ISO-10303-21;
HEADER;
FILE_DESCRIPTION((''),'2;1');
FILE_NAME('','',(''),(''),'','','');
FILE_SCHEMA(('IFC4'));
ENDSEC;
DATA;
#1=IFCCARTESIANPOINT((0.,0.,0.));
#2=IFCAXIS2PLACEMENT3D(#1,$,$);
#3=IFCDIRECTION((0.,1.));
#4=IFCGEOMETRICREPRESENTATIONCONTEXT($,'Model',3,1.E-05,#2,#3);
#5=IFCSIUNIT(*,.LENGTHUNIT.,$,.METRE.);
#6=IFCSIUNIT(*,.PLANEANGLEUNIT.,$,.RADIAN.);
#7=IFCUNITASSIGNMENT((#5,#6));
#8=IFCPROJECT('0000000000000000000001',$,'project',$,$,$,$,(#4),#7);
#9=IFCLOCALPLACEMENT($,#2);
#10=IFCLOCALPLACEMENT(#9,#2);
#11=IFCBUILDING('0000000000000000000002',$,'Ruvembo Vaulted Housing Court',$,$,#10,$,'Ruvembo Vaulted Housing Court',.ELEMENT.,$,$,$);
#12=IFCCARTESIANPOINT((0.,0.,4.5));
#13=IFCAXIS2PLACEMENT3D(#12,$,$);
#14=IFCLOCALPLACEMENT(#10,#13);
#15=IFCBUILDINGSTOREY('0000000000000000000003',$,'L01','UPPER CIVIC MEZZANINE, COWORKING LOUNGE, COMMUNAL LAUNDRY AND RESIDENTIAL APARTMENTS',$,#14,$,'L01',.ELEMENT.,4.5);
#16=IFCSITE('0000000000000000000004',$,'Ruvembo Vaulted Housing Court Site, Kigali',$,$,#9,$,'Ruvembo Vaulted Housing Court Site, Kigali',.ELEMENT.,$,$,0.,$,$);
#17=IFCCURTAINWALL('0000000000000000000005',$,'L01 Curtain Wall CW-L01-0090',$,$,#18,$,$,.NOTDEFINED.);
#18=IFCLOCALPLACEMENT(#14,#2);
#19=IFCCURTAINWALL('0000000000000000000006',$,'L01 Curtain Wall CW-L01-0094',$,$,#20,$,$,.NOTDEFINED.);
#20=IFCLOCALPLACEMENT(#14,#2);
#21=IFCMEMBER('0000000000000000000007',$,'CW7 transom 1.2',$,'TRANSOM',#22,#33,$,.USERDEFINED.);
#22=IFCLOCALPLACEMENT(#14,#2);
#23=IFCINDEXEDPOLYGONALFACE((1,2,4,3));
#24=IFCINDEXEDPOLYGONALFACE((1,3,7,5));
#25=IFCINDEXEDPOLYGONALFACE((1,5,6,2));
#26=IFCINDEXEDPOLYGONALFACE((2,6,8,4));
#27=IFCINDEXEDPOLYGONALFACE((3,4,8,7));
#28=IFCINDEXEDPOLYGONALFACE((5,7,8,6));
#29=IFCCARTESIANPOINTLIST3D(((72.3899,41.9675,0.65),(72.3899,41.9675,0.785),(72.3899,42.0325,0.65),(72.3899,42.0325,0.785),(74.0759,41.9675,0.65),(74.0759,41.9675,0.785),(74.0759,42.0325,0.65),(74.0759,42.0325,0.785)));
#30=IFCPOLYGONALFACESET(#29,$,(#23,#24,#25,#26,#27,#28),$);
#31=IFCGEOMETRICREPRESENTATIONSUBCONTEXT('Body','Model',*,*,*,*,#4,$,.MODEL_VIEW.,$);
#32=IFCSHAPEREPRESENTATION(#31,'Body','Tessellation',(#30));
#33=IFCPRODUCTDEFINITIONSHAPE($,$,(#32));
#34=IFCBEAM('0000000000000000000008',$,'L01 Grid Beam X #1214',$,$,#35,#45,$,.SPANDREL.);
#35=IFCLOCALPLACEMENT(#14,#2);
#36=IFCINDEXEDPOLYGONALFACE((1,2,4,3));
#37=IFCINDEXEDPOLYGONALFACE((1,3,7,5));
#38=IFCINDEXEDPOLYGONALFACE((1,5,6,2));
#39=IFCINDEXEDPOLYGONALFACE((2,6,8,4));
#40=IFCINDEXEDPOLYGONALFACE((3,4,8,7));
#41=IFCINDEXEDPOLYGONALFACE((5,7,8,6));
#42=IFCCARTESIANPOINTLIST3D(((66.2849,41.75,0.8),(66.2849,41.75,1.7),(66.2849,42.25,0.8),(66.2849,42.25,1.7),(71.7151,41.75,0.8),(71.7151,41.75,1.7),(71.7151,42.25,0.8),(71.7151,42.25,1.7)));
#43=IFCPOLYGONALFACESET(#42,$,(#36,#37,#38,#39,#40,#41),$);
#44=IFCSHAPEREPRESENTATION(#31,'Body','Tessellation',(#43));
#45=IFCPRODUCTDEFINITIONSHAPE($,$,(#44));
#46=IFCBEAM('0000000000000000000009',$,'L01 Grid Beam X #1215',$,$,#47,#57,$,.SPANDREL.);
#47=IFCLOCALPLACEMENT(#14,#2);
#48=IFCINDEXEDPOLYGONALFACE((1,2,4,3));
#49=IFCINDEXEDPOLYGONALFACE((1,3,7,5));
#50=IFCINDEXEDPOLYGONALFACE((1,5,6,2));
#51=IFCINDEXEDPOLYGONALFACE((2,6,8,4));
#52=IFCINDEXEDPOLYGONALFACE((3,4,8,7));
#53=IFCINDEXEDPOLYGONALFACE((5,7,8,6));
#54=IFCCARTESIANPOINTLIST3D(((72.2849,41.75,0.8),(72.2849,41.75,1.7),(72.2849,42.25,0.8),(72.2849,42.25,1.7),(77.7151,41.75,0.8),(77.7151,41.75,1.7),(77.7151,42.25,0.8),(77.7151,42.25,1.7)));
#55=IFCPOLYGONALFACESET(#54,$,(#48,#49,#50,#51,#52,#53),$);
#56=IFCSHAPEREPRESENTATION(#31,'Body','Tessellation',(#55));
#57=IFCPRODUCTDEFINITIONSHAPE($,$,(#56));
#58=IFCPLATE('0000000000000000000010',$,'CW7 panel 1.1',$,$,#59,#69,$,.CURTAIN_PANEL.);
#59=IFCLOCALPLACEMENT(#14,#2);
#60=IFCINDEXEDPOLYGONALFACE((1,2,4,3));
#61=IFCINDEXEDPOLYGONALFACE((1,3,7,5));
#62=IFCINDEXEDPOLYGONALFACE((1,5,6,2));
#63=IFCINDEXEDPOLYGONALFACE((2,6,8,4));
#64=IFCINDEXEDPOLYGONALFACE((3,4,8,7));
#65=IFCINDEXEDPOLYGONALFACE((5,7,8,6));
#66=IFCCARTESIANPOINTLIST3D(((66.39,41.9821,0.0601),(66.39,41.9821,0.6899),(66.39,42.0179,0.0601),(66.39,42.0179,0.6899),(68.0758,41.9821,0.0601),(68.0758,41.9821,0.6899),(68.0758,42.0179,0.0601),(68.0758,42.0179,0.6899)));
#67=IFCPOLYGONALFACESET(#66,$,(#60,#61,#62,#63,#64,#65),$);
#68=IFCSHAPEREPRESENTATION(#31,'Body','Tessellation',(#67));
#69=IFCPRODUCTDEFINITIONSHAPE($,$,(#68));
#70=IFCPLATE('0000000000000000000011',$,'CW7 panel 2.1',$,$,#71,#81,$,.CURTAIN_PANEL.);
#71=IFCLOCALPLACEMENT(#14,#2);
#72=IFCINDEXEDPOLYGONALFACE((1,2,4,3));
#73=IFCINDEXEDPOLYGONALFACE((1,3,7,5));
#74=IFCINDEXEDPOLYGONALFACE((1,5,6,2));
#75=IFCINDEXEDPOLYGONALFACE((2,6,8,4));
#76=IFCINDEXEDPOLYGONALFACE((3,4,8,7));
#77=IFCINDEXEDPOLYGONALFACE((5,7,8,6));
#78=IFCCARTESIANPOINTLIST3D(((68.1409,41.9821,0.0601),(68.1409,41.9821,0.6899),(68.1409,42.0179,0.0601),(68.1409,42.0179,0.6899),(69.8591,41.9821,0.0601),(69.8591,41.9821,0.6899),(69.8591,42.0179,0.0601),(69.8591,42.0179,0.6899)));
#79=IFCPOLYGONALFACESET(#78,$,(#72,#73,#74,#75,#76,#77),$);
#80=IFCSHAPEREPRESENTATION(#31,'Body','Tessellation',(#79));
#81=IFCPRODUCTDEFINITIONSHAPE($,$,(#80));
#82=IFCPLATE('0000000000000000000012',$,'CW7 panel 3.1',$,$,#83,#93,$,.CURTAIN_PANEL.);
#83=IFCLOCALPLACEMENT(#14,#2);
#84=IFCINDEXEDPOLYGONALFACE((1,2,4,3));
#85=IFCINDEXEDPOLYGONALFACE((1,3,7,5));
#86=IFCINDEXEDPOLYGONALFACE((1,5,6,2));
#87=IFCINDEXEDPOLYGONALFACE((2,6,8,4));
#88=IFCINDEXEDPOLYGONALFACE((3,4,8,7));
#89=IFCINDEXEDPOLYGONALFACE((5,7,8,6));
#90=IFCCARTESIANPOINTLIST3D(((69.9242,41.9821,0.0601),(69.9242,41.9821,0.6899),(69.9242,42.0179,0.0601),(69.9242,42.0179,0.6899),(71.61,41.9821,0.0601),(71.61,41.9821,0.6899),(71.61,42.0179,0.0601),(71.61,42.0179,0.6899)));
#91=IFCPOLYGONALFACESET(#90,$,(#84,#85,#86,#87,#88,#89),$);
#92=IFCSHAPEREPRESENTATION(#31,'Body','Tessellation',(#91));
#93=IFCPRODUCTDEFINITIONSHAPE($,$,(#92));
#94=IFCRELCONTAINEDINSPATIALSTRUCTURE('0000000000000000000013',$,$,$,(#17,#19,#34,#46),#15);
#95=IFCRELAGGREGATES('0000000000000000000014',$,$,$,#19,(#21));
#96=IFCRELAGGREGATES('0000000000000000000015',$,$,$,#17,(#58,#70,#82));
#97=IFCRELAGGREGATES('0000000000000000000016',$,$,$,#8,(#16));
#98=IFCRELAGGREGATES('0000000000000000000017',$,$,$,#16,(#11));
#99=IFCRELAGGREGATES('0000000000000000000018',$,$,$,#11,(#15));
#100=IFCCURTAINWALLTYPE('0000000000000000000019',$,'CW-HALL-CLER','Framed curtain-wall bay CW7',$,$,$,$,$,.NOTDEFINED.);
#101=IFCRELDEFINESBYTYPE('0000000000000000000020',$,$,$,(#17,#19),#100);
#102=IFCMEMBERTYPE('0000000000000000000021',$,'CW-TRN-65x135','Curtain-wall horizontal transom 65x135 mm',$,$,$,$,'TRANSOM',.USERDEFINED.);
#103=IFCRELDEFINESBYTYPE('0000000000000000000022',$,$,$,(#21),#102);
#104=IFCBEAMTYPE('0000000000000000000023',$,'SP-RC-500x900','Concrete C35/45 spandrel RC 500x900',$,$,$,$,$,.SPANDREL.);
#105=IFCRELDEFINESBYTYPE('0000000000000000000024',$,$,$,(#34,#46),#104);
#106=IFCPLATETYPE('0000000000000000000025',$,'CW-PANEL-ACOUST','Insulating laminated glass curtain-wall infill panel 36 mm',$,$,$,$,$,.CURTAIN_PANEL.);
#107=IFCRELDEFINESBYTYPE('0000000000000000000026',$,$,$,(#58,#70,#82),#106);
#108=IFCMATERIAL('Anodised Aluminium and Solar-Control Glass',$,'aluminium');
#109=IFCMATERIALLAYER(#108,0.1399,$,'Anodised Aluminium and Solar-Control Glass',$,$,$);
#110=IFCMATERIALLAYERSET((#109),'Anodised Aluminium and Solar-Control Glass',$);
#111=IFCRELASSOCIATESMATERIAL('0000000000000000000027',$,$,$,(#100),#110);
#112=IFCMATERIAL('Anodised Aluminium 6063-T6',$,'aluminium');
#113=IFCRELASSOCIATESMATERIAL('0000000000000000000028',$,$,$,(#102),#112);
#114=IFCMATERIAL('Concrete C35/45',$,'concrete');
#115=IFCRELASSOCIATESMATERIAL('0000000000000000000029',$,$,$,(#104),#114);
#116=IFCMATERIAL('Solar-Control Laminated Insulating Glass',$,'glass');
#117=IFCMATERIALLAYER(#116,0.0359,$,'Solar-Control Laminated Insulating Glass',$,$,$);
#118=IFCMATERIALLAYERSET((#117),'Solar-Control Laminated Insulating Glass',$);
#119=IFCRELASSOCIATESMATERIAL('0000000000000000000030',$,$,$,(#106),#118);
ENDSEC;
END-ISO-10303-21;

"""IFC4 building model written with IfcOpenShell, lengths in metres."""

from ifc_helpers import new_model, si_unit, direction, frame, origin, origin_2d, place, context, subcontext, project, spatial, rectangle, extrude, material, layer, layer_set, material_profile, profile_set, type_object, element, aggregate, save


model = new_model("IFC4")

# Units and contexts
model_context = context("Model", 3, precision=1e-05, world=origin(), true_north=direction((0.0, 1.0)))
body_context = subcontext(model_context, "Body", "Model", "MODEL_VIEW")
ifc_project = project(units=[si_unit("LENGTHUNIT", "METRE"), si_unit("PLANEANGLEUNIT", "RADIAN")], contexts=[model_context])

# Site, building, storey
site_placement = place(None, origin())
site = spatial("IfcSite", under=ifc_project, at=site_placement, Name="Ruvembo Vaulted Housing Court Site, Kigali", LongName="Ruvembo Vaulted Housing Court Site, Kigali", CompositionType="ELEMENT", RefElevation=0.0)
building_placement = place(site_placement, origin())
building = spatial("IfcBuilding", under=site, at=building_placement, Name="Ruvembo Vaulted Housing Court", LongName="Ruvembo Vaulted Housing Court", CompositionType="ELEMENT")
storey_placement = place(building_placement, frame((0.0, 0.0, 4.5)))
storey = spatial("IfcBuildingStorey", under=building, at=storey_placement, Name="L01", Description="UPPER CIVIC MEZZANINE, COWORKING LOUNGE, COMMUNAL LAUNDRY AND RESIDENTIAL APARTMENTS", LongName="L01", CompositionType="ELEMENT", Elevation=4.5)

# Curtain wall
ifc_material_1 = material(Name="Anodised Aluminium and Solar-Control Glass", Category="aluminium")
ifc_layer_1 = layer(ifc_material_1, 0.1399, Name="Anodised Aluminium and Solar-Control Glass")
ifc_layer_set_1 = layer_set([ifc_layer_1], Name="Anodised Aluminium and Solar-Control Glass")
curtain_wall_type = type_object("IfcCurtainWallType", Name="CW-HALL-CLER", Description="Framed curtain-wall bay CW7", PredefinedType="NOTDEFINED", material=ifc_layer_set_1)
curtain_wall_1_placement = place(storey_placement, origin())
curtain_wall_1 = element("IfcCurtainWall", 1, at=curtain_wall_1_placement, inside=storey, type_object=curtain_wall_type, Name="L01 Curtain Wall CW-L01-0090", PredefinedType="NOTDEFINED")
ifc_material_2 = material(Name="Anodised Aluminium 6063-T6", Category="aluminium")

# Curtain wall
curtain_wall_2_placement = place(storey_placement, origin())
curtain_wall_2 = element("IfcCurtainWall", 2, at=curtain_wall_2_placement, inside=storey, type_object=curtain_wall_type, Name="L01 Curtain Wall CW-L01-0094", PredefinedType="NOTDEFINED")

# Member
ifc_material_profile_1 = material_profile(ifc_material_2, rectangle(XDim=0.0649, YDim=0.135, at=origin_2d()), Name="ALU 65x135")
ifc_profile_set_1 = profile_set([ifc_material_profile_1], Name="Anodised Aluminium 6063-T6")
member_type_1 = type_object("IfcMemberType", Name="CW-TRN-65x135", Description="Curtain-wall horizontal transom 65x135 mm", ElementType="TRANSOM", PredefinedType="USERDEFINED", material=ifc_profile_set_1)
member_1_placement = place(storey_placement, frame((72.3899, 42.0, 0.7175), z_axis=(1.0, 0.0, 0.0), x_axis=(0.0, 1.0, 0.0)))
member_1 = element("IfcMember", 3, at=member_1_placement, type_object=member_type_1, Name="CW7 transom 1.2", ObjectType="TRANSOM", PredefinedType="USERDEFINED", context=body_context, shape_type="SweptSolid", body=[
    extrude(rectangle(XDim=0.0649, YDim=0.135, at=origin_2d()), origin(), (0.0, 0.0, 1.0), 1.686),
])
aggregate(curtain_wall_2, [member_1])

# Beams
ifc_material_3 = material(Name="Concrete C35/45", Category="concrete")
ifc_material_profile_2 = material_profile(ifc_material_3, rectangle(XDim=0.5, YDim=0.8999, at=origin_2d()), Name="RC 500x900")
ifc_profile_set_2 = profile_set([ifc_material_profile_2], Name="Concrete C35/45")
beam_type = type_object("IfcBeamType", Name="SP-RC-500x900", Description="Concrete C35/45 spandrel RC 500x900", PredefinedType="SPANDREL", material=ifc_profile_set_2)
for number, where, z_axis, x_axis, name in (
    (4, (66.2849, 42.0, 1.25), (1.0, 0.0, 0.0), (0.0, 1.0, 0.0), "L01 Grid Beam X #1214"),
    (5, (72.2849, 42.0, 1.25), (1.0, 0.0, 0.0), (0.0, 1.0, 0.0), "L01 Grid Beam X #1215"),
):
    element("IfcBeam", number, at=place(storey_placement, frame(where, z_axis=z_axis, x_axis=x_axis)), inside=storey, type_object=beam_type, Name=name, PredefinedType="SPANDREL", context=body_context, shape_type="SweptSolid", body=[
        extrude(rectangle(XDim=0.5, YDim=0.8999, at=origin_2d()), origin(), (0.0, 0.0, 1.0), 5.4302),
    ])

# Plates
ifc_material_4 = material(Name="Solar-Control Laminated Insulating Glass", Category="glass")
ifc_layer_2 = layer(ifc_material_4, 0.0359, Name="Solar-Control Laminated Insulating Glass")
ifc_layer_set_2 = layer_set([ifc_layer_2], Name="Solar-Control Laminated Insulating Glass")
plate_type = type_object("IfcPlateType", Name="CW-PANEL-ACOUST", Description="Insulating laminated glass curtain-wall infill panel 36 mm", PredefinedType="CURTAIN_PANEL", material=ifc_layer_set_2)
plate_1_placement = place(storey_placement, frame((67.2329, 42.0, 0.0601), z_axis=(0.0, 0.0, 1.0), x_axis=(1.0, 0.0, 0.0)))
plate_1 = element("IfcPlate", 6, at=plate_1_placement, type_object=plate_type, Name="CW7 panel 1.1", PredefinedType="CURTAIN_PANEL", context=body_context, shape_type="SweptSolid", body=[
    extrude(rectangle(XDim=1.6858, YDim=0.0359, at=origin_2d()), origin(), (0.0, 0.0, 1.0), 0.6299),
])
plate_2_placement = place(storey_placement, frame((69.0, 42.0, 0.0601), z_axis=(0.0, 0.0, 1.0), x_axis=(1.0, 0.0, 0.0)))
plate_2 = element("IfcPlate", 7, at=plate_2_placement, type_object=plate_type, Name="CW7 panel 2.1", PredefinedType="CURTAIN_PANEL", context=body_context, shape_type="SweptSolid", body=[
    extrude(rectangle(XDim=1.7183, YDim=0.0359, at=origin_2d()), origin(), (0.0, 0.0, 1.0), 0.6299),
])
plate_3_placement = place(storey_placement, frame((70.7671, 42.0, 0.0601), z_axis=(0.0, 0.0, 1.0), x_axis=(1.0, 0.0, 0.0)))
plate_3 = element("IfcPlate", 8, at=plate_3_placement, type_object=plate_type, Name="CW7 panel 3.1", PredefinedType="CURTAIN_PANEL", context=body_context, shape_type="SweptSolid", body=[
    extrude(rectangle(XDim=1.6858, YDim=0.0359, at=origin_2d()), origin(), (0.0, 0.0, 1.0), 0.6299),
])
aggregate(curtain_wall_1, [plate_1, plate_2, plate_3])

save(model, "model.ifc")
